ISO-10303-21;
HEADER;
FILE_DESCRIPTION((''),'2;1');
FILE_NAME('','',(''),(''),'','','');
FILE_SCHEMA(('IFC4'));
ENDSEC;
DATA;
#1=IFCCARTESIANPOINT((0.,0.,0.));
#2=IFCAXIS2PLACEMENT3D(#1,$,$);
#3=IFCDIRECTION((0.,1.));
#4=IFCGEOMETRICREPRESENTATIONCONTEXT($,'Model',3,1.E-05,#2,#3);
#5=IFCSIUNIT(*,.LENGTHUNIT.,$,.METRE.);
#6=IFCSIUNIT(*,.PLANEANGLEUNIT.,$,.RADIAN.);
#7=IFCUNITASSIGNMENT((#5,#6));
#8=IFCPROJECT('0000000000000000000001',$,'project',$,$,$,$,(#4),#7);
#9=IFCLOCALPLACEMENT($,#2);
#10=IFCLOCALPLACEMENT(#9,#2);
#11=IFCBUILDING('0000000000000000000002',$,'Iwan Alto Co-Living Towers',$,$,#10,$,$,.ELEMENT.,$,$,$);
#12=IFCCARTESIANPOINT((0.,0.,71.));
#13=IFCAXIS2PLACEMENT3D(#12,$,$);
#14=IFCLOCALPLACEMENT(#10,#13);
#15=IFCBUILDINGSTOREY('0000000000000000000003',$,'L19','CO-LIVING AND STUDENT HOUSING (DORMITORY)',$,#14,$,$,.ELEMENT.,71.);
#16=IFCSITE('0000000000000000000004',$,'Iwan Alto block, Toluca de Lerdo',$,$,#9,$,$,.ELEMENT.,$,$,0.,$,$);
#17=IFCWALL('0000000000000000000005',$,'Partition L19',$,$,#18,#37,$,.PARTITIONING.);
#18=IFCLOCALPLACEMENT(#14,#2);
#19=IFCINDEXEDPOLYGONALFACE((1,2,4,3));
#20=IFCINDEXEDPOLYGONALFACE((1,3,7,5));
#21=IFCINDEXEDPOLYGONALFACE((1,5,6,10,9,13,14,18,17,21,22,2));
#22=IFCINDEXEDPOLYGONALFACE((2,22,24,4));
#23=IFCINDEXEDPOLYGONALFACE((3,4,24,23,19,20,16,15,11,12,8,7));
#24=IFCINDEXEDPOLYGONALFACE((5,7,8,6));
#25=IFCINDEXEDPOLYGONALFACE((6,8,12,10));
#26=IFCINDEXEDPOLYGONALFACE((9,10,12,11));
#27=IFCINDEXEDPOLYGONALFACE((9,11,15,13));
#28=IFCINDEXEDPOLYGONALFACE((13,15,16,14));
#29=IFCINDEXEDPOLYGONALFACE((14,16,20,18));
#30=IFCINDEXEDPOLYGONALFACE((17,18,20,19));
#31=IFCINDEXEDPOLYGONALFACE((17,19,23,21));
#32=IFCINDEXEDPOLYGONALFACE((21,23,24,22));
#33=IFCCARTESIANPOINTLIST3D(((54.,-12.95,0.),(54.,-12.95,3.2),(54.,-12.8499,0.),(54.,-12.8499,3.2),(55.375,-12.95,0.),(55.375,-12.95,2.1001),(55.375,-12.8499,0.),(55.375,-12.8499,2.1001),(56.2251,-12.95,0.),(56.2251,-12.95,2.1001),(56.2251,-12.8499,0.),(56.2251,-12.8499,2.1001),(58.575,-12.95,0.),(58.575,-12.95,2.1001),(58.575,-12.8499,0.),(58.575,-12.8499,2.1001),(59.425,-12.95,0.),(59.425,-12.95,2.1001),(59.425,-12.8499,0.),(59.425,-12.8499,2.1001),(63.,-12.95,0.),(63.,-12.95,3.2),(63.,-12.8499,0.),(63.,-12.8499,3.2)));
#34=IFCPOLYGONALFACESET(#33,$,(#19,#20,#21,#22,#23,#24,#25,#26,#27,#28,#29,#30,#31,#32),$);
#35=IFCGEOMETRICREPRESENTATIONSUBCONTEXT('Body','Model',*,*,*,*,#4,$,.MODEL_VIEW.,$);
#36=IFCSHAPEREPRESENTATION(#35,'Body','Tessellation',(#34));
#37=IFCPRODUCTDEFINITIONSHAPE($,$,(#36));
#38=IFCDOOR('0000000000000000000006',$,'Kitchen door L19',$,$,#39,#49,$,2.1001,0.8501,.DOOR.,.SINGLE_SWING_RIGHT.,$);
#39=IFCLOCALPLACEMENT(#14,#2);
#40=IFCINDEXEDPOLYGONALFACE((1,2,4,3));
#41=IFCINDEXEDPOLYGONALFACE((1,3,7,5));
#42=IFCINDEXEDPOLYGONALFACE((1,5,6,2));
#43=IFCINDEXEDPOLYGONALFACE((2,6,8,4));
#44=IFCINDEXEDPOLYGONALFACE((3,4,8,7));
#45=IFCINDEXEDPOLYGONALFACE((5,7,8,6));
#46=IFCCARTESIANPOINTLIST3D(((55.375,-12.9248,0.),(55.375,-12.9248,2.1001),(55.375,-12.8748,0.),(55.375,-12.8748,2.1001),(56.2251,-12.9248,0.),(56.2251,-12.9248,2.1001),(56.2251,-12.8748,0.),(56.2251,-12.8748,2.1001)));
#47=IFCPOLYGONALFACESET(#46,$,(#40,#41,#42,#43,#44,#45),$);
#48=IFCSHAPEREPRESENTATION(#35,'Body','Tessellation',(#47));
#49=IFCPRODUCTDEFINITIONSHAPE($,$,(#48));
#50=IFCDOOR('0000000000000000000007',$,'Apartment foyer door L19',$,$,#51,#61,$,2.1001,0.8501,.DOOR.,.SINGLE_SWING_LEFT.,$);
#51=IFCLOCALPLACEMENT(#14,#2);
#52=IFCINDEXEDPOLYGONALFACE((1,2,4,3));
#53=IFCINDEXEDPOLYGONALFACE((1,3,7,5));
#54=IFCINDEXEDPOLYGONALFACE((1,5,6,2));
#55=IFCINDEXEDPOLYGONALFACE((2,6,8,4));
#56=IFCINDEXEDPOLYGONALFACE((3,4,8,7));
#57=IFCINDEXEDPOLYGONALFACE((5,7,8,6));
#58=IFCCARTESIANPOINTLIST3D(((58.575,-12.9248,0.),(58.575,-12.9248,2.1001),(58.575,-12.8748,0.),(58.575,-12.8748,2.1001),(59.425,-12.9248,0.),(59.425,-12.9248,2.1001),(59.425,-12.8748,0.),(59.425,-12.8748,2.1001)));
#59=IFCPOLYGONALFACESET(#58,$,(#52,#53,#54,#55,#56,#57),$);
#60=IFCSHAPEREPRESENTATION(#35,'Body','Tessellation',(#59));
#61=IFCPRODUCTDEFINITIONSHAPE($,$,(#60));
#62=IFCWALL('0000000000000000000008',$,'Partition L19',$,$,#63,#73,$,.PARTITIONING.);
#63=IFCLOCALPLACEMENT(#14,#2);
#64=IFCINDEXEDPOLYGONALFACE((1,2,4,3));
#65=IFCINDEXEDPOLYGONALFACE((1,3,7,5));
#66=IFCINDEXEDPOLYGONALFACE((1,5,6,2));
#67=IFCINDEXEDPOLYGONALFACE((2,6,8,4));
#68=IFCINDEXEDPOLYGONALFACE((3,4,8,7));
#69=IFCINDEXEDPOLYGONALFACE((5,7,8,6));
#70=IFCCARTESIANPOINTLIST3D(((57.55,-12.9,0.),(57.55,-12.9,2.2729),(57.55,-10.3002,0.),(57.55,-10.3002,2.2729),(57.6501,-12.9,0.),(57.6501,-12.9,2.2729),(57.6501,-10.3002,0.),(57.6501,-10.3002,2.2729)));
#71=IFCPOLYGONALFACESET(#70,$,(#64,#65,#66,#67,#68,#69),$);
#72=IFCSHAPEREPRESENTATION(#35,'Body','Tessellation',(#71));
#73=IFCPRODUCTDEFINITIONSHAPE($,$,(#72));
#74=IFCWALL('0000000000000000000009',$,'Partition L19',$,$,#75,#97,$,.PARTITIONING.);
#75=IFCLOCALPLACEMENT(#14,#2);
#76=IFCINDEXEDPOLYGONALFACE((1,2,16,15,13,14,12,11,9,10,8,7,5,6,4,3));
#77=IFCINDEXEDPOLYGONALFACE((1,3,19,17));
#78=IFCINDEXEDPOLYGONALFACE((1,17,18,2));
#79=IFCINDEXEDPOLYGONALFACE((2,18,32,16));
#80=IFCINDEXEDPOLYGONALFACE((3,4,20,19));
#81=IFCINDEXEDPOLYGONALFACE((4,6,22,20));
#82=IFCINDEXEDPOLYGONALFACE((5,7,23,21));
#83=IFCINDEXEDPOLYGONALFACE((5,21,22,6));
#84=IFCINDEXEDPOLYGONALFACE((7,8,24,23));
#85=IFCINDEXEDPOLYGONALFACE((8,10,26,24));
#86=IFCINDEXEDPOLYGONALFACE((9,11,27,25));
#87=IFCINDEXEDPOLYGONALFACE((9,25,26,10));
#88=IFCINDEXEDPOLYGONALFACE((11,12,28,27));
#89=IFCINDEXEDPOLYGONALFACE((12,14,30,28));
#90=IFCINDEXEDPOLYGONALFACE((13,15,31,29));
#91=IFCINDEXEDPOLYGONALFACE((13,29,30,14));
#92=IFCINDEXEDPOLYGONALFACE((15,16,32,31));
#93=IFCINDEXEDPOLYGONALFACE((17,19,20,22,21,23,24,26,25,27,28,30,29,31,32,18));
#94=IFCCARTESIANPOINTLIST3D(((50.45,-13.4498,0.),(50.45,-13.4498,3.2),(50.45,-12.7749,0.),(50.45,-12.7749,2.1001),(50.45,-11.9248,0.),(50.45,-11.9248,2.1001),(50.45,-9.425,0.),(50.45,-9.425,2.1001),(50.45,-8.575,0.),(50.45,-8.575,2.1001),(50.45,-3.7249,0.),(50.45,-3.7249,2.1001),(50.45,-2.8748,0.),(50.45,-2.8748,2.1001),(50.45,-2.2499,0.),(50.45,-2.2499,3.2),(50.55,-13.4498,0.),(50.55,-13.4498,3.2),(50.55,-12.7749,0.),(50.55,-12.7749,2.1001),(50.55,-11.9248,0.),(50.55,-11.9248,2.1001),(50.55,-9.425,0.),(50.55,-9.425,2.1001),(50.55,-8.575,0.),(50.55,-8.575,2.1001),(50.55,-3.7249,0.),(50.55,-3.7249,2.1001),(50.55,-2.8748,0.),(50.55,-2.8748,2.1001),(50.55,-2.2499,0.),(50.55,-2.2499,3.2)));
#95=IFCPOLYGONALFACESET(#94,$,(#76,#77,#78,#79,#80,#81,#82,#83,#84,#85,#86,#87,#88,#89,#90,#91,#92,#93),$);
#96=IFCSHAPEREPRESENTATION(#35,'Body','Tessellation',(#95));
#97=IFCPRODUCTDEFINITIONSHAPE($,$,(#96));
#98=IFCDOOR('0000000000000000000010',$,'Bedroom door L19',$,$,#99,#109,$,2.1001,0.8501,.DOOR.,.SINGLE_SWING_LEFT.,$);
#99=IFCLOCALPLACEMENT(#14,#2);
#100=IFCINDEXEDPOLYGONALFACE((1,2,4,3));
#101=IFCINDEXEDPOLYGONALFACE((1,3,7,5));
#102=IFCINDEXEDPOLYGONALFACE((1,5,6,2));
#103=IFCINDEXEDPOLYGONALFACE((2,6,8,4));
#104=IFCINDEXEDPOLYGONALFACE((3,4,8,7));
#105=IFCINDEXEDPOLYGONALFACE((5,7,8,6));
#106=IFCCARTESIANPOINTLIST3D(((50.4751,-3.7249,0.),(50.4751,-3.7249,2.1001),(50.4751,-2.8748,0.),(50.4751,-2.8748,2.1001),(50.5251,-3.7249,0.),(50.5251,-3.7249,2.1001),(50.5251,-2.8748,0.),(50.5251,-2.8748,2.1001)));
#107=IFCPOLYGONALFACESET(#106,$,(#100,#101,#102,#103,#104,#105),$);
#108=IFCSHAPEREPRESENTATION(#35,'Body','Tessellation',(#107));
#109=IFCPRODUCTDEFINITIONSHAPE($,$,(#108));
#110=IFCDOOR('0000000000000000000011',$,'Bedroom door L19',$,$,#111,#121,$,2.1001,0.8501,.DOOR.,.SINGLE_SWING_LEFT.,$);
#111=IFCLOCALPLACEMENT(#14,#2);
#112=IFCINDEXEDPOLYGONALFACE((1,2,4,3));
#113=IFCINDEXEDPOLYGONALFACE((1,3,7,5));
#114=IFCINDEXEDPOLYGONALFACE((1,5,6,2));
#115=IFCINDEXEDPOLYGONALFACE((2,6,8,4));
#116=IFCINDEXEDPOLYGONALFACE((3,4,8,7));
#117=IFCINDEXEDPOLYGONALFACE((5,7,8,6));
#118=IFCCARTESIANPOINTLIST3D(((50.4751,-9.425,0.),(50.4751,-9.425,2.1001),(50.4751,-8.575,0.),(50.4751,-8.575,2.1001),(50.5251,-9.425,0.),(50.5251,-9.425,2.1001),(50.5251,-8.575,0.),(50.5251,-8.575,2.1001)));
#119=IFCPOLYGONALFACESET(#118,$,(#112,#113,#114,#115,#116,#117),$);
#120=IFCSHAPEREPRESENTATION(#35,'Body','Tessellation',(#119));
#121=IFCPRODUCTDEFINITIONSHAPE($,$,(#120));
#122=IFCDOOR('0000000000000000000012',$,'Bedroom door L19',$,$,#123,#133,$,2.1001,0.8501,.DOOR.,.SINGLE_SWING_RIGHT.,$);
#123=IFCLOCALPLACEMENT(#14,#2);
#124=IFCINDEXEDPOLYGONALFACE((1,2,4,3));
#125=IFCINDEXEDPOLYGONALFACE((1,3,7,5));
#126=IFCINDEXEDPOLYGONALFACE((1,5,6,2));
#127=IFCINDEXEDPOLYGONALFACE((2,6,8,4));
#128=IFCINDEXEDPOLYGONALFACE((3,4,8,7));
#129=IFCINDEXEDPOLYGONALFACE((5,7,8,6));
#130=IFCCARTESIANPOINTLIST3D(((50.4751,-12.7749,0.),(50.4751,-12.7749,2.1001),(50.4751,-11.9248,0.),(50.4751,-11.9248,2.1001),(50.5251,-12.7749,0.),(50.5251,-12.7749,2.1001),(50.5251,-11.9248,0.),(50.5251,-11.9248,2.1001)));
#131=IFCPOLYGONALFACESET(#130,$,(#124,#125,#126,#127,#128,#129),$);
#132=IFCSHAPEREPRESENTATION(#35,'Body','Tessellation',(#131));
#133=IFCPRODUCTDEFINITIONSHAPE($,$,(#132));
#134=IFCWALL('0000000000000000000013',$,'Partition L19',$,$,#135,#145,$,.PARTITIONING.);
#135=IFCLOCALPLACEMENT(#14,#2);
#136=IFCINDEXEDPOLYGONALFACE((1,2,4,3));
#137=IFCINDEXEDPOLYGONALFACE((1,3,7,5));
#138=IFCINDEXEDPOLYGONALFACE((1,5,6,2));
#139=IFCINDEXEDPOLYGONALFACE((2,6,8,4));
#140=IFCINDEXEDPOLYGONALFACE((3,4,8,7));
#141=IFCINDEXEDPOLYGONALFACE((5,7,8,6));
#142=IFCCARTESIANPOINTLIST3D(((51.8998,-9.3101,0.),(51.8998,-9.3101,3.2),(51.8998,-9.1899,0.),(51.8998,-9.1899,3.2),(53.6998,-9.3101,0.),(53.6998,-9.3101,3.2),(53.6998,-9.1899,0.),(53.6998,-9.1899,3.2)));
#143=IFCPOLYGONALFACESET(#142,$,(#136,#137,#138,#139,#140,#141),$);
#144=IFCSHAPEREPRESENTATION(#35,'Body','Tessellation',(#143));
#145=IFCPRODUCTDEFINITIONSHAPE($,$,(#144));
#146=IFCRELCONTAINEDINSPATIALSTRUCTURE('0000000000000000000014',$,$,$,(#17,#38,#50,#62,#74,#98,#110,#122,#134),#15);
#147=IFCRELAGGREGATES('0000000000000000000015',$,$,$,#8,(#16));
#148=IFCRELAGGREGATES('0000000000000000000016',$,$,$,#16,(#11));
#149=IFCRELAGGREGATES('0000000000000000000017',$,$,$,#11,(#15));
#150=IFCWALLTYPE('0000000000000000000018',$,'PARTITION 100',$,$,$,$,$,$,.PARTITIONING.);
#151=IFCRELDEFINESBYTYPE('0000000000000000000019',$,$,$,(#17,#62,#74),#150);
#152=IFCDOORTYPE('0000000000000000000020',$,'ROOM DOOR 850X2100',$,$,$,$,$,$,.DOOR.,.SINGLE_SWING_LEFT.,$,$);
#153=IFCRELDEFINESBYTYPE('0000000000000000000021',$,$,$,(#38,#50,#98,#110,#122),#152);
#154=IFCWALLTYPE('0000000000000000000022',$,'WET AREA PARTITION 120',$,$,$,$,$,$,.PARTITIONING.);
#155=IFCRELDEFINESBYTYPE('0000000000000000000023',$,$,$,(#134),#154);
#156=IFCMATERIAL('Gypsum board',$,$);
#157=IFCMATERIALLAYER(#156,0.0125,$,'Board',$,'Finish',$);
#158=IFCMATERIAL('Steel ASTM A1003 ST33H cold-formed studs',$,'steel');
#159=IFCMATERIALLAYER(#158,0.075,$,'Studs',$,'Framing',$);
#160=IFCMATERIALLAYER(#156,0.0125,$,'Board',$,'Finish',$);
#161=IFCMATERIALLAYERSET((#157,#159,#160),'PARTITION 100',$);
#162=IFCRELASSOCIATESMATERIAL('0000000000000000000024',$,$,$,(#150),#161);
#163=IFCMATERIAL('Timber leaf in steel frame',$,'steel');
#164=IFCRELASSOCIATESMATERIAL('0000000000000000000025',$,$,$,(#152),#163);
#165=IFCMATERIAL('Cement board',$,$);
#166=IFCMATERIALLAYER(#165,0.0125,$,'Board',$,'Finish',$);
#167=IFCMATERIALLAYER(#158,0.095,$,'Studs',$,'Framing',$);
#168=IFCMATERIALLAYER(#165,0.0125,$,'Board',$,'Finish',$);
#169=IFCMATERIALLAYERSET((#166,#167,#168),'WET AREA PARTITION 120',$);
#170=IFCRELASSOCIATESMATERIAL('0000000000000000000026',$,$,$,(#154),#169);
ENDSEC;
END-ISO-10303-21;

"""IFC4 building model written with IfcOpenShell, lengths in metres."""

from ifc_helpers import new_model, si_unit, direction, frame, frame_2d, origin, place, context, subcontext, project, spatial, rectangle, extrude, material, layer, layer_set, type_object, element, fill, save


model = new_model("IFC4")

# Units and contexts
model_context = context("Model", 3, precision=1e-05, world=origin(), true_north=direction((0.0, 1.0)))
body_context = subcontext(model_context, "Body", "Model", "MODEL_VIEW")
ifc_project = project(units=[si_unit("LENGTHUNIT", "METRE"), si_unit("PLANEANGLEUNIT", "RADIAN")], contexts=[model_context])

# Site, building, storey
site_placement = place(None, origin())
site = spatial("IfcSite", under=ifc_project, at=site_placement, Name="Iwan Alto block, Toluca de Lerdo", CompositionType="ELEMENT", RefElevation=0.0)
building_placement = place(site_placement, origin())
building = spatial("IfcBuilding", under=site, at=building_placement, Name="Iwan Alto Co-Living Towers", CompositionType="ELEMENT")
storey_placement = place(building_placement, frame((0.0, 0.0, 71.0)))
storey = spatial("IfcBuildingStorey", under=building, at=storey_placement, Name="L19", Description="CO-LIVING AND STUDENT HOUSING (DORMITORY)", CompositionType="ELEMENT", Elevation=71.0)

# Shared definitions
ifc_material_1 = material(Name="Gypsum board")
ifc_material_2 = material(Name="Steel ASTM A1003 ST33H cold-formed studs", Category="steel")

# Shared definitions
ifc_layer_1 = layer(ifc_material_1, 0.0125, Name="Board", Category="Finish")
ifc_layer_2 = layer(ifc_material_2, 0.075, Name="Studs", Category="Framing")
ifc_layer_3 = layer(ifc_material_1, 0.0125, Name="Board", Category="Finish")
ifc_layer_set_1 = layer_set([ifc_layer_1, ifc_layer_2, ifc_layer_3], Name="PARTITION 100")
wall_type_1 = type_object("IfcWallType", Name="PARTITION 100", PredefinedType="PARTITIONING", material=ifc_layer_set_1)

# Wall, openings, doors
wall_1_placement = place(storey_placement, frame((54.0, -12.8999, 0.0), z_axis=(0.0, 0.0, 1.0), x_axis=(1.0, 0.0, 0.0)))
wall_1 = element("IfcWall", 1, at=wall_1_placement, inside=storey, type_object=wall_type_1, Name="Partition L19", PredefinedType="PARTITIONING", context=body_context, shape_type="SweptSolid", body=[
    extrude(rectangle(XDim=9.0, YDim=0.1001, at=frame_2d((4.5, 0.0))), origin(), (0.0, 0.0, 1.0), 3.2),
])
opening_1_placement = place(wall_1_placement, frame((1.375, 0.0, 0.0)))
opening_1 = element("IfcOpeningElement", 2, at=opening_1_placement, cuts=wall_1, PredefinedType="OPENING", context=body_context, shape_type="SweptSolid", body=[
    extrude(rectangle(XDim=0.8501, YDim=2.1001, at=frame_2d((0.425, 1.05))), frame((0.0, 0.0601, 0.0), z_axis=(0.0, -1.0, 0.0), x_axis=(1.0, 0.0, 0.0)), (0.0, 0.0, 1.0), 0.1201),
])
opening_2_placement = place(wall_1_placement, frame((4.575, 0.0, 0.0)))
opening_2 = element("IfcOpeningElement", 3, at=opening_2_placement, cuts=wall_1, PredefinedType="OPENING", context=body_context, shape_type="SweptSolid", body=[
    extrude(rectangle(XDim=0.8501, YDim=2.1001, at=frame_2d((0.425, 1.05))), frame((0.0, 0.0601, 0.0), z_axis=(0.0, -1.0, 0.0), x_axis=(1.0, 0.0, 0.0)), (0.0, 0.0, 1.0), 0.1201),
])
ifc_material_3 = material(Name="Timber leaf in steel frame", Category="steel")
door_type_1 = type_object("IfcDoorType", Name="ROOM DOOR 850X2100", OperationType="SINGLE_SWING_LEFT", PredefinedType="DOOR", material=ifc_material_3)
door_1_placement = place(opening_1_placement, frame((0.8501, 0.0, 0.0), z_axis=(0.0, 0.0, 1.0), x_axis=(-1.0, 0.0, 0.0)))
door_1 = element("IfcDoor", 4, at=door_1_placement, inside=storey, type_object=door_type_1, Name="Kitchen door L19", OperationType="SINGLE_SWING_RIGHT", OverallHeight=2.1001, OverallWidth=0.8501, PredefinedType="DOOR", context=body_context, shape_type="SweptSolid", body=[
    extrude(rectangle(XDim=0.8501, YDim=2.1001, at=frame_2d((0.425, 1.05))), frame((0.0, 0.0249, 0.0), z_axis=(0.0, -1.0, 0.0), x_axis=(1.0, 0.0, 0.0)), (0.0, 0.0, 1.0), 0.05),
])
fill(opening_1, door_1)
door_2_placement = place(opening_2_placement, frame((0.8501, 0.0, 0.0), z_axis=(0.0, 0.0, 1.0), x_axis=(-1.0, 0.0, 0.0)))
door_2 = element("IfcDoor", 5, at=door_2_placement, inside=storey, type_object=door_type_1, Name="Apartment foyer door L19", OperationType="SINGLE_SWING_LEFT", OverallHeight=2.1001, OverallWidth=0.8501, PredefinedType="DOOR", context=body_context, shape_type="SweptSolid", body=[
    extrude(rectangle(XDim=0.8501, YDim=2.1001, at=frame_2d((0.425, 1.05))), frame((0.0, 0.0249, 0.0), z_axis=(0.0, -1.0, 0.0), x_axis=(1.0, 0.0, 0.0)), (0.0, 0.0, 1.0), 0.05),
])
fill(opening_2, door_2)

# Wall
wall_2_placement = place(storey_placement, frame((57.6001, -12.8999, 0.0), z_axis=(0.0, 0.0, 1.0), x_axis=(0.0, 1.0, 0.0)))
element("IfcWall", 6, at=wall_2_placement, inside=storey, type_object=wall_type_1, Name="Partition L19", PredefinedType="PARTITIONING", context=body_context, shape_type="SweptSolid", body=[
    extrude(rectangle(XDim=2.5999, YDim=0.1001, at=frame_2d((1.2998, 0.0))), origin(), (0.0, 0.0, 1.0), 2.2729),
])

# Wall, openings, doors
wall_3_placement = place(storey_placement, frame((50.5, -13.45, 0.0), z_axis=(0.0, 0.0, 1.0), x_axis=(0.0, 1.0, 0.0)))
wall_3 = element("IfcWall", 7, at=wall_3_placement, inside=storey, type_object=wall_type_1, Name="Partition L19", PredefinedType="PARTITIONING", context=body_context, shape_type="SweptSolid", body=[
    extrude(rectangle(XDim=11.2, YDim=0.1001, at=frame_2d((5.6001, 0.0))), origin(), (0.0, 0.0, 1.0), 3.2),
])
opening_3_placement = place(wall_3_placement, frame((9.7251, 0.0, 0.0)))
opening_3 = element("IfcOpeningElement", 8, at=opening_3_placement, cuts=wall_3, PredefinedType="OPENING", context=body_context, shape_type="SweptSolid", body=[
    extrude(rectangle(XDim=0.8501, YDim=2.1001, at=frame_2d((0.425, 1.05))), frame((0.0, 0.0601, 0.0), z_axis=(0.0, -1.0, 0.0), x_axis=(1.0, 0.0, 0.0)), (0.0, 0.0, 1.0), 0.1201),
])
opening_4_placement = place(wall_3_placement, frame((4.0249, 0.0, 0.0)))
opening_4 = element("IfcOpeningElement", 9, at=opening_4_placement, cuts=wall_3, PredefinedType="OPENING", context=body_context, shape_type="SweptSolid", body=[
    extrude(rectangle(XDim=0.8501, YDim=2.1001, at=frame_2d((0.425, 1.05))), frame((0.0, 0.0601, 0.0), z_axis=(0.0, -1.0, 0.0), x_axis=(1.0, 0.0, 0.0)), (0.0, 0.0, 1.0), 0.1201),
])
opening_5_placement = place(wall_3_placement, frame((0.675, 0.0, 0.0)))
opening_5 = element("IfcOpeningElement", 10, at=opening_5_placement, cuts=wall_3, PredefinedType="OPENING", context=body_context, shape_type="SweptSolid", body=[
    extrude(rectangle(XDim=0.8501, YDim=2.1001, at=frame_2d((0.425, 1.05))), frame((0.0, 0.0601, 0.0), z_axis=(0.0, -1.0, 0.0), x_axis=(1.0, 0.0, 0.0)), (0.0, 0.0, 1.0), 0.1201),
])
door_3_placement = place(opening_3_placement, origin())
door_3 = element("IfcDoor", 11, at=door_3_placement, inside=storey, type_object=door_type_1, Name="Bedroom door L19", OperationType="SINGLE_SWING_LEFT", OverallHeight=2.1001, OverallWidth=0.8501, PredefinedType="DOOR", context=body_context, shape_type="SweptSolid", body=[
    extrude(rectangle(XDim=0.8501, YDim=2.1001, at=frame_2d((0.425, 1.05))), frame((0.0, 0.0249, 0.0), z_axis=(0.0, -1.0, 0.0), x_axis=(1.0, 0.0, 0.0)), (0.0, 0.0, 1.0), 0.05),
])
fill(opening_3, door_3)
door_4_placement = place(opening_4_placement, origin())
door_4 = element("IfcDoor", 12, at=door_4_placement, inside=storey, type_object=door_type_1, Name="Bedroom door L19", OperationType="SINGLE_SWING_LEFT", OverallHeight=2.1001, OverallWidth=0.8501, PredefinedType="DOOR", context=body_context, shape_type="SweptSolid", body=[
    extrude(rectangle(XDim=0.8501, YDim=2.1001, at=frame_2d((0.425, 1.05))), frame((0.0, 0.0249, 0.0), z_axis=(0.0, -1.0, 0.0), x_axis=(1.0, 0.0, 0.0)), (0.0, 0.0, 1.0), 0.05),
])
fill(opening_4, door_4)
door_5_placement = place(opening_5_placement, origin())
door_5 = element("IfcDoor", 13, at=door_5_placement, inside=storey, type_object=door_type_1, Name="Bedroom door L19", OperationType="SINGLE_SWING_RIGHT", OverallHeight=2.1001, OverallWidth=0.8501, PredefinedType="DOOR", context=body_context, shape_type="SweptSolid", body=[
    extrude(rectangle(XDim=0.8501, YDim=2.1001, at=frame_2d((0.425, 1.05))), frame((0.0, 0.0249, 0.0), z_axis=(0.0, -1.0, 0.0), x_axis=(1.0, 0.0, 0.0)), (0.0, 0.0, 1.0), 0.05),
])
fill(opening_5, door_5)

# Wall
ifc_material_4 = material(Name="Cement board")
ifc_layer_4 = layer(ifc_material_4, 0.0125, Name="Board", Category="Finish")
ifc_layer_5 = layer(ifc_material_2, 0.095, Name="Studs", Category="Framing")
ifc_layer_6 = layer(ifc_material_4, 0.0125, Name="Board", Category="Finish")
ifc_layer_set_2 = layer_set([ifc_layer_4, ifc_layer_5, ifc_layer_6], Name="WET AREA PARTITION 120")
wall_type_2 = type_object("IfcWallType", Name="WET AREA PARTITION 120", PredefinedType="PARTITIONING", material=ifc_layer_set_2)
wall_4_placement = place(storey_placement, frame((51.8999, -9.25, 0.0), z_axis=(0.0, 0.0, 1.0), x_axis=(1.0, 0.0, 0.0)))
element("IfcWall", 14, at=wall_4_placement, inside=storey, type_object=wall_type_2, Name="Partition L19", PredefinedType="PARTITIONING", context=body_context, shape_type="SweptSolid", body=[
    extrude(rectangle(XDim=1.8, YDim=0.1201, at=frame_2d((0.8999, 0.0))), origin(), (0.0, 0.0, 1.0), 3.2),
])

save(model, "model.ifc")
